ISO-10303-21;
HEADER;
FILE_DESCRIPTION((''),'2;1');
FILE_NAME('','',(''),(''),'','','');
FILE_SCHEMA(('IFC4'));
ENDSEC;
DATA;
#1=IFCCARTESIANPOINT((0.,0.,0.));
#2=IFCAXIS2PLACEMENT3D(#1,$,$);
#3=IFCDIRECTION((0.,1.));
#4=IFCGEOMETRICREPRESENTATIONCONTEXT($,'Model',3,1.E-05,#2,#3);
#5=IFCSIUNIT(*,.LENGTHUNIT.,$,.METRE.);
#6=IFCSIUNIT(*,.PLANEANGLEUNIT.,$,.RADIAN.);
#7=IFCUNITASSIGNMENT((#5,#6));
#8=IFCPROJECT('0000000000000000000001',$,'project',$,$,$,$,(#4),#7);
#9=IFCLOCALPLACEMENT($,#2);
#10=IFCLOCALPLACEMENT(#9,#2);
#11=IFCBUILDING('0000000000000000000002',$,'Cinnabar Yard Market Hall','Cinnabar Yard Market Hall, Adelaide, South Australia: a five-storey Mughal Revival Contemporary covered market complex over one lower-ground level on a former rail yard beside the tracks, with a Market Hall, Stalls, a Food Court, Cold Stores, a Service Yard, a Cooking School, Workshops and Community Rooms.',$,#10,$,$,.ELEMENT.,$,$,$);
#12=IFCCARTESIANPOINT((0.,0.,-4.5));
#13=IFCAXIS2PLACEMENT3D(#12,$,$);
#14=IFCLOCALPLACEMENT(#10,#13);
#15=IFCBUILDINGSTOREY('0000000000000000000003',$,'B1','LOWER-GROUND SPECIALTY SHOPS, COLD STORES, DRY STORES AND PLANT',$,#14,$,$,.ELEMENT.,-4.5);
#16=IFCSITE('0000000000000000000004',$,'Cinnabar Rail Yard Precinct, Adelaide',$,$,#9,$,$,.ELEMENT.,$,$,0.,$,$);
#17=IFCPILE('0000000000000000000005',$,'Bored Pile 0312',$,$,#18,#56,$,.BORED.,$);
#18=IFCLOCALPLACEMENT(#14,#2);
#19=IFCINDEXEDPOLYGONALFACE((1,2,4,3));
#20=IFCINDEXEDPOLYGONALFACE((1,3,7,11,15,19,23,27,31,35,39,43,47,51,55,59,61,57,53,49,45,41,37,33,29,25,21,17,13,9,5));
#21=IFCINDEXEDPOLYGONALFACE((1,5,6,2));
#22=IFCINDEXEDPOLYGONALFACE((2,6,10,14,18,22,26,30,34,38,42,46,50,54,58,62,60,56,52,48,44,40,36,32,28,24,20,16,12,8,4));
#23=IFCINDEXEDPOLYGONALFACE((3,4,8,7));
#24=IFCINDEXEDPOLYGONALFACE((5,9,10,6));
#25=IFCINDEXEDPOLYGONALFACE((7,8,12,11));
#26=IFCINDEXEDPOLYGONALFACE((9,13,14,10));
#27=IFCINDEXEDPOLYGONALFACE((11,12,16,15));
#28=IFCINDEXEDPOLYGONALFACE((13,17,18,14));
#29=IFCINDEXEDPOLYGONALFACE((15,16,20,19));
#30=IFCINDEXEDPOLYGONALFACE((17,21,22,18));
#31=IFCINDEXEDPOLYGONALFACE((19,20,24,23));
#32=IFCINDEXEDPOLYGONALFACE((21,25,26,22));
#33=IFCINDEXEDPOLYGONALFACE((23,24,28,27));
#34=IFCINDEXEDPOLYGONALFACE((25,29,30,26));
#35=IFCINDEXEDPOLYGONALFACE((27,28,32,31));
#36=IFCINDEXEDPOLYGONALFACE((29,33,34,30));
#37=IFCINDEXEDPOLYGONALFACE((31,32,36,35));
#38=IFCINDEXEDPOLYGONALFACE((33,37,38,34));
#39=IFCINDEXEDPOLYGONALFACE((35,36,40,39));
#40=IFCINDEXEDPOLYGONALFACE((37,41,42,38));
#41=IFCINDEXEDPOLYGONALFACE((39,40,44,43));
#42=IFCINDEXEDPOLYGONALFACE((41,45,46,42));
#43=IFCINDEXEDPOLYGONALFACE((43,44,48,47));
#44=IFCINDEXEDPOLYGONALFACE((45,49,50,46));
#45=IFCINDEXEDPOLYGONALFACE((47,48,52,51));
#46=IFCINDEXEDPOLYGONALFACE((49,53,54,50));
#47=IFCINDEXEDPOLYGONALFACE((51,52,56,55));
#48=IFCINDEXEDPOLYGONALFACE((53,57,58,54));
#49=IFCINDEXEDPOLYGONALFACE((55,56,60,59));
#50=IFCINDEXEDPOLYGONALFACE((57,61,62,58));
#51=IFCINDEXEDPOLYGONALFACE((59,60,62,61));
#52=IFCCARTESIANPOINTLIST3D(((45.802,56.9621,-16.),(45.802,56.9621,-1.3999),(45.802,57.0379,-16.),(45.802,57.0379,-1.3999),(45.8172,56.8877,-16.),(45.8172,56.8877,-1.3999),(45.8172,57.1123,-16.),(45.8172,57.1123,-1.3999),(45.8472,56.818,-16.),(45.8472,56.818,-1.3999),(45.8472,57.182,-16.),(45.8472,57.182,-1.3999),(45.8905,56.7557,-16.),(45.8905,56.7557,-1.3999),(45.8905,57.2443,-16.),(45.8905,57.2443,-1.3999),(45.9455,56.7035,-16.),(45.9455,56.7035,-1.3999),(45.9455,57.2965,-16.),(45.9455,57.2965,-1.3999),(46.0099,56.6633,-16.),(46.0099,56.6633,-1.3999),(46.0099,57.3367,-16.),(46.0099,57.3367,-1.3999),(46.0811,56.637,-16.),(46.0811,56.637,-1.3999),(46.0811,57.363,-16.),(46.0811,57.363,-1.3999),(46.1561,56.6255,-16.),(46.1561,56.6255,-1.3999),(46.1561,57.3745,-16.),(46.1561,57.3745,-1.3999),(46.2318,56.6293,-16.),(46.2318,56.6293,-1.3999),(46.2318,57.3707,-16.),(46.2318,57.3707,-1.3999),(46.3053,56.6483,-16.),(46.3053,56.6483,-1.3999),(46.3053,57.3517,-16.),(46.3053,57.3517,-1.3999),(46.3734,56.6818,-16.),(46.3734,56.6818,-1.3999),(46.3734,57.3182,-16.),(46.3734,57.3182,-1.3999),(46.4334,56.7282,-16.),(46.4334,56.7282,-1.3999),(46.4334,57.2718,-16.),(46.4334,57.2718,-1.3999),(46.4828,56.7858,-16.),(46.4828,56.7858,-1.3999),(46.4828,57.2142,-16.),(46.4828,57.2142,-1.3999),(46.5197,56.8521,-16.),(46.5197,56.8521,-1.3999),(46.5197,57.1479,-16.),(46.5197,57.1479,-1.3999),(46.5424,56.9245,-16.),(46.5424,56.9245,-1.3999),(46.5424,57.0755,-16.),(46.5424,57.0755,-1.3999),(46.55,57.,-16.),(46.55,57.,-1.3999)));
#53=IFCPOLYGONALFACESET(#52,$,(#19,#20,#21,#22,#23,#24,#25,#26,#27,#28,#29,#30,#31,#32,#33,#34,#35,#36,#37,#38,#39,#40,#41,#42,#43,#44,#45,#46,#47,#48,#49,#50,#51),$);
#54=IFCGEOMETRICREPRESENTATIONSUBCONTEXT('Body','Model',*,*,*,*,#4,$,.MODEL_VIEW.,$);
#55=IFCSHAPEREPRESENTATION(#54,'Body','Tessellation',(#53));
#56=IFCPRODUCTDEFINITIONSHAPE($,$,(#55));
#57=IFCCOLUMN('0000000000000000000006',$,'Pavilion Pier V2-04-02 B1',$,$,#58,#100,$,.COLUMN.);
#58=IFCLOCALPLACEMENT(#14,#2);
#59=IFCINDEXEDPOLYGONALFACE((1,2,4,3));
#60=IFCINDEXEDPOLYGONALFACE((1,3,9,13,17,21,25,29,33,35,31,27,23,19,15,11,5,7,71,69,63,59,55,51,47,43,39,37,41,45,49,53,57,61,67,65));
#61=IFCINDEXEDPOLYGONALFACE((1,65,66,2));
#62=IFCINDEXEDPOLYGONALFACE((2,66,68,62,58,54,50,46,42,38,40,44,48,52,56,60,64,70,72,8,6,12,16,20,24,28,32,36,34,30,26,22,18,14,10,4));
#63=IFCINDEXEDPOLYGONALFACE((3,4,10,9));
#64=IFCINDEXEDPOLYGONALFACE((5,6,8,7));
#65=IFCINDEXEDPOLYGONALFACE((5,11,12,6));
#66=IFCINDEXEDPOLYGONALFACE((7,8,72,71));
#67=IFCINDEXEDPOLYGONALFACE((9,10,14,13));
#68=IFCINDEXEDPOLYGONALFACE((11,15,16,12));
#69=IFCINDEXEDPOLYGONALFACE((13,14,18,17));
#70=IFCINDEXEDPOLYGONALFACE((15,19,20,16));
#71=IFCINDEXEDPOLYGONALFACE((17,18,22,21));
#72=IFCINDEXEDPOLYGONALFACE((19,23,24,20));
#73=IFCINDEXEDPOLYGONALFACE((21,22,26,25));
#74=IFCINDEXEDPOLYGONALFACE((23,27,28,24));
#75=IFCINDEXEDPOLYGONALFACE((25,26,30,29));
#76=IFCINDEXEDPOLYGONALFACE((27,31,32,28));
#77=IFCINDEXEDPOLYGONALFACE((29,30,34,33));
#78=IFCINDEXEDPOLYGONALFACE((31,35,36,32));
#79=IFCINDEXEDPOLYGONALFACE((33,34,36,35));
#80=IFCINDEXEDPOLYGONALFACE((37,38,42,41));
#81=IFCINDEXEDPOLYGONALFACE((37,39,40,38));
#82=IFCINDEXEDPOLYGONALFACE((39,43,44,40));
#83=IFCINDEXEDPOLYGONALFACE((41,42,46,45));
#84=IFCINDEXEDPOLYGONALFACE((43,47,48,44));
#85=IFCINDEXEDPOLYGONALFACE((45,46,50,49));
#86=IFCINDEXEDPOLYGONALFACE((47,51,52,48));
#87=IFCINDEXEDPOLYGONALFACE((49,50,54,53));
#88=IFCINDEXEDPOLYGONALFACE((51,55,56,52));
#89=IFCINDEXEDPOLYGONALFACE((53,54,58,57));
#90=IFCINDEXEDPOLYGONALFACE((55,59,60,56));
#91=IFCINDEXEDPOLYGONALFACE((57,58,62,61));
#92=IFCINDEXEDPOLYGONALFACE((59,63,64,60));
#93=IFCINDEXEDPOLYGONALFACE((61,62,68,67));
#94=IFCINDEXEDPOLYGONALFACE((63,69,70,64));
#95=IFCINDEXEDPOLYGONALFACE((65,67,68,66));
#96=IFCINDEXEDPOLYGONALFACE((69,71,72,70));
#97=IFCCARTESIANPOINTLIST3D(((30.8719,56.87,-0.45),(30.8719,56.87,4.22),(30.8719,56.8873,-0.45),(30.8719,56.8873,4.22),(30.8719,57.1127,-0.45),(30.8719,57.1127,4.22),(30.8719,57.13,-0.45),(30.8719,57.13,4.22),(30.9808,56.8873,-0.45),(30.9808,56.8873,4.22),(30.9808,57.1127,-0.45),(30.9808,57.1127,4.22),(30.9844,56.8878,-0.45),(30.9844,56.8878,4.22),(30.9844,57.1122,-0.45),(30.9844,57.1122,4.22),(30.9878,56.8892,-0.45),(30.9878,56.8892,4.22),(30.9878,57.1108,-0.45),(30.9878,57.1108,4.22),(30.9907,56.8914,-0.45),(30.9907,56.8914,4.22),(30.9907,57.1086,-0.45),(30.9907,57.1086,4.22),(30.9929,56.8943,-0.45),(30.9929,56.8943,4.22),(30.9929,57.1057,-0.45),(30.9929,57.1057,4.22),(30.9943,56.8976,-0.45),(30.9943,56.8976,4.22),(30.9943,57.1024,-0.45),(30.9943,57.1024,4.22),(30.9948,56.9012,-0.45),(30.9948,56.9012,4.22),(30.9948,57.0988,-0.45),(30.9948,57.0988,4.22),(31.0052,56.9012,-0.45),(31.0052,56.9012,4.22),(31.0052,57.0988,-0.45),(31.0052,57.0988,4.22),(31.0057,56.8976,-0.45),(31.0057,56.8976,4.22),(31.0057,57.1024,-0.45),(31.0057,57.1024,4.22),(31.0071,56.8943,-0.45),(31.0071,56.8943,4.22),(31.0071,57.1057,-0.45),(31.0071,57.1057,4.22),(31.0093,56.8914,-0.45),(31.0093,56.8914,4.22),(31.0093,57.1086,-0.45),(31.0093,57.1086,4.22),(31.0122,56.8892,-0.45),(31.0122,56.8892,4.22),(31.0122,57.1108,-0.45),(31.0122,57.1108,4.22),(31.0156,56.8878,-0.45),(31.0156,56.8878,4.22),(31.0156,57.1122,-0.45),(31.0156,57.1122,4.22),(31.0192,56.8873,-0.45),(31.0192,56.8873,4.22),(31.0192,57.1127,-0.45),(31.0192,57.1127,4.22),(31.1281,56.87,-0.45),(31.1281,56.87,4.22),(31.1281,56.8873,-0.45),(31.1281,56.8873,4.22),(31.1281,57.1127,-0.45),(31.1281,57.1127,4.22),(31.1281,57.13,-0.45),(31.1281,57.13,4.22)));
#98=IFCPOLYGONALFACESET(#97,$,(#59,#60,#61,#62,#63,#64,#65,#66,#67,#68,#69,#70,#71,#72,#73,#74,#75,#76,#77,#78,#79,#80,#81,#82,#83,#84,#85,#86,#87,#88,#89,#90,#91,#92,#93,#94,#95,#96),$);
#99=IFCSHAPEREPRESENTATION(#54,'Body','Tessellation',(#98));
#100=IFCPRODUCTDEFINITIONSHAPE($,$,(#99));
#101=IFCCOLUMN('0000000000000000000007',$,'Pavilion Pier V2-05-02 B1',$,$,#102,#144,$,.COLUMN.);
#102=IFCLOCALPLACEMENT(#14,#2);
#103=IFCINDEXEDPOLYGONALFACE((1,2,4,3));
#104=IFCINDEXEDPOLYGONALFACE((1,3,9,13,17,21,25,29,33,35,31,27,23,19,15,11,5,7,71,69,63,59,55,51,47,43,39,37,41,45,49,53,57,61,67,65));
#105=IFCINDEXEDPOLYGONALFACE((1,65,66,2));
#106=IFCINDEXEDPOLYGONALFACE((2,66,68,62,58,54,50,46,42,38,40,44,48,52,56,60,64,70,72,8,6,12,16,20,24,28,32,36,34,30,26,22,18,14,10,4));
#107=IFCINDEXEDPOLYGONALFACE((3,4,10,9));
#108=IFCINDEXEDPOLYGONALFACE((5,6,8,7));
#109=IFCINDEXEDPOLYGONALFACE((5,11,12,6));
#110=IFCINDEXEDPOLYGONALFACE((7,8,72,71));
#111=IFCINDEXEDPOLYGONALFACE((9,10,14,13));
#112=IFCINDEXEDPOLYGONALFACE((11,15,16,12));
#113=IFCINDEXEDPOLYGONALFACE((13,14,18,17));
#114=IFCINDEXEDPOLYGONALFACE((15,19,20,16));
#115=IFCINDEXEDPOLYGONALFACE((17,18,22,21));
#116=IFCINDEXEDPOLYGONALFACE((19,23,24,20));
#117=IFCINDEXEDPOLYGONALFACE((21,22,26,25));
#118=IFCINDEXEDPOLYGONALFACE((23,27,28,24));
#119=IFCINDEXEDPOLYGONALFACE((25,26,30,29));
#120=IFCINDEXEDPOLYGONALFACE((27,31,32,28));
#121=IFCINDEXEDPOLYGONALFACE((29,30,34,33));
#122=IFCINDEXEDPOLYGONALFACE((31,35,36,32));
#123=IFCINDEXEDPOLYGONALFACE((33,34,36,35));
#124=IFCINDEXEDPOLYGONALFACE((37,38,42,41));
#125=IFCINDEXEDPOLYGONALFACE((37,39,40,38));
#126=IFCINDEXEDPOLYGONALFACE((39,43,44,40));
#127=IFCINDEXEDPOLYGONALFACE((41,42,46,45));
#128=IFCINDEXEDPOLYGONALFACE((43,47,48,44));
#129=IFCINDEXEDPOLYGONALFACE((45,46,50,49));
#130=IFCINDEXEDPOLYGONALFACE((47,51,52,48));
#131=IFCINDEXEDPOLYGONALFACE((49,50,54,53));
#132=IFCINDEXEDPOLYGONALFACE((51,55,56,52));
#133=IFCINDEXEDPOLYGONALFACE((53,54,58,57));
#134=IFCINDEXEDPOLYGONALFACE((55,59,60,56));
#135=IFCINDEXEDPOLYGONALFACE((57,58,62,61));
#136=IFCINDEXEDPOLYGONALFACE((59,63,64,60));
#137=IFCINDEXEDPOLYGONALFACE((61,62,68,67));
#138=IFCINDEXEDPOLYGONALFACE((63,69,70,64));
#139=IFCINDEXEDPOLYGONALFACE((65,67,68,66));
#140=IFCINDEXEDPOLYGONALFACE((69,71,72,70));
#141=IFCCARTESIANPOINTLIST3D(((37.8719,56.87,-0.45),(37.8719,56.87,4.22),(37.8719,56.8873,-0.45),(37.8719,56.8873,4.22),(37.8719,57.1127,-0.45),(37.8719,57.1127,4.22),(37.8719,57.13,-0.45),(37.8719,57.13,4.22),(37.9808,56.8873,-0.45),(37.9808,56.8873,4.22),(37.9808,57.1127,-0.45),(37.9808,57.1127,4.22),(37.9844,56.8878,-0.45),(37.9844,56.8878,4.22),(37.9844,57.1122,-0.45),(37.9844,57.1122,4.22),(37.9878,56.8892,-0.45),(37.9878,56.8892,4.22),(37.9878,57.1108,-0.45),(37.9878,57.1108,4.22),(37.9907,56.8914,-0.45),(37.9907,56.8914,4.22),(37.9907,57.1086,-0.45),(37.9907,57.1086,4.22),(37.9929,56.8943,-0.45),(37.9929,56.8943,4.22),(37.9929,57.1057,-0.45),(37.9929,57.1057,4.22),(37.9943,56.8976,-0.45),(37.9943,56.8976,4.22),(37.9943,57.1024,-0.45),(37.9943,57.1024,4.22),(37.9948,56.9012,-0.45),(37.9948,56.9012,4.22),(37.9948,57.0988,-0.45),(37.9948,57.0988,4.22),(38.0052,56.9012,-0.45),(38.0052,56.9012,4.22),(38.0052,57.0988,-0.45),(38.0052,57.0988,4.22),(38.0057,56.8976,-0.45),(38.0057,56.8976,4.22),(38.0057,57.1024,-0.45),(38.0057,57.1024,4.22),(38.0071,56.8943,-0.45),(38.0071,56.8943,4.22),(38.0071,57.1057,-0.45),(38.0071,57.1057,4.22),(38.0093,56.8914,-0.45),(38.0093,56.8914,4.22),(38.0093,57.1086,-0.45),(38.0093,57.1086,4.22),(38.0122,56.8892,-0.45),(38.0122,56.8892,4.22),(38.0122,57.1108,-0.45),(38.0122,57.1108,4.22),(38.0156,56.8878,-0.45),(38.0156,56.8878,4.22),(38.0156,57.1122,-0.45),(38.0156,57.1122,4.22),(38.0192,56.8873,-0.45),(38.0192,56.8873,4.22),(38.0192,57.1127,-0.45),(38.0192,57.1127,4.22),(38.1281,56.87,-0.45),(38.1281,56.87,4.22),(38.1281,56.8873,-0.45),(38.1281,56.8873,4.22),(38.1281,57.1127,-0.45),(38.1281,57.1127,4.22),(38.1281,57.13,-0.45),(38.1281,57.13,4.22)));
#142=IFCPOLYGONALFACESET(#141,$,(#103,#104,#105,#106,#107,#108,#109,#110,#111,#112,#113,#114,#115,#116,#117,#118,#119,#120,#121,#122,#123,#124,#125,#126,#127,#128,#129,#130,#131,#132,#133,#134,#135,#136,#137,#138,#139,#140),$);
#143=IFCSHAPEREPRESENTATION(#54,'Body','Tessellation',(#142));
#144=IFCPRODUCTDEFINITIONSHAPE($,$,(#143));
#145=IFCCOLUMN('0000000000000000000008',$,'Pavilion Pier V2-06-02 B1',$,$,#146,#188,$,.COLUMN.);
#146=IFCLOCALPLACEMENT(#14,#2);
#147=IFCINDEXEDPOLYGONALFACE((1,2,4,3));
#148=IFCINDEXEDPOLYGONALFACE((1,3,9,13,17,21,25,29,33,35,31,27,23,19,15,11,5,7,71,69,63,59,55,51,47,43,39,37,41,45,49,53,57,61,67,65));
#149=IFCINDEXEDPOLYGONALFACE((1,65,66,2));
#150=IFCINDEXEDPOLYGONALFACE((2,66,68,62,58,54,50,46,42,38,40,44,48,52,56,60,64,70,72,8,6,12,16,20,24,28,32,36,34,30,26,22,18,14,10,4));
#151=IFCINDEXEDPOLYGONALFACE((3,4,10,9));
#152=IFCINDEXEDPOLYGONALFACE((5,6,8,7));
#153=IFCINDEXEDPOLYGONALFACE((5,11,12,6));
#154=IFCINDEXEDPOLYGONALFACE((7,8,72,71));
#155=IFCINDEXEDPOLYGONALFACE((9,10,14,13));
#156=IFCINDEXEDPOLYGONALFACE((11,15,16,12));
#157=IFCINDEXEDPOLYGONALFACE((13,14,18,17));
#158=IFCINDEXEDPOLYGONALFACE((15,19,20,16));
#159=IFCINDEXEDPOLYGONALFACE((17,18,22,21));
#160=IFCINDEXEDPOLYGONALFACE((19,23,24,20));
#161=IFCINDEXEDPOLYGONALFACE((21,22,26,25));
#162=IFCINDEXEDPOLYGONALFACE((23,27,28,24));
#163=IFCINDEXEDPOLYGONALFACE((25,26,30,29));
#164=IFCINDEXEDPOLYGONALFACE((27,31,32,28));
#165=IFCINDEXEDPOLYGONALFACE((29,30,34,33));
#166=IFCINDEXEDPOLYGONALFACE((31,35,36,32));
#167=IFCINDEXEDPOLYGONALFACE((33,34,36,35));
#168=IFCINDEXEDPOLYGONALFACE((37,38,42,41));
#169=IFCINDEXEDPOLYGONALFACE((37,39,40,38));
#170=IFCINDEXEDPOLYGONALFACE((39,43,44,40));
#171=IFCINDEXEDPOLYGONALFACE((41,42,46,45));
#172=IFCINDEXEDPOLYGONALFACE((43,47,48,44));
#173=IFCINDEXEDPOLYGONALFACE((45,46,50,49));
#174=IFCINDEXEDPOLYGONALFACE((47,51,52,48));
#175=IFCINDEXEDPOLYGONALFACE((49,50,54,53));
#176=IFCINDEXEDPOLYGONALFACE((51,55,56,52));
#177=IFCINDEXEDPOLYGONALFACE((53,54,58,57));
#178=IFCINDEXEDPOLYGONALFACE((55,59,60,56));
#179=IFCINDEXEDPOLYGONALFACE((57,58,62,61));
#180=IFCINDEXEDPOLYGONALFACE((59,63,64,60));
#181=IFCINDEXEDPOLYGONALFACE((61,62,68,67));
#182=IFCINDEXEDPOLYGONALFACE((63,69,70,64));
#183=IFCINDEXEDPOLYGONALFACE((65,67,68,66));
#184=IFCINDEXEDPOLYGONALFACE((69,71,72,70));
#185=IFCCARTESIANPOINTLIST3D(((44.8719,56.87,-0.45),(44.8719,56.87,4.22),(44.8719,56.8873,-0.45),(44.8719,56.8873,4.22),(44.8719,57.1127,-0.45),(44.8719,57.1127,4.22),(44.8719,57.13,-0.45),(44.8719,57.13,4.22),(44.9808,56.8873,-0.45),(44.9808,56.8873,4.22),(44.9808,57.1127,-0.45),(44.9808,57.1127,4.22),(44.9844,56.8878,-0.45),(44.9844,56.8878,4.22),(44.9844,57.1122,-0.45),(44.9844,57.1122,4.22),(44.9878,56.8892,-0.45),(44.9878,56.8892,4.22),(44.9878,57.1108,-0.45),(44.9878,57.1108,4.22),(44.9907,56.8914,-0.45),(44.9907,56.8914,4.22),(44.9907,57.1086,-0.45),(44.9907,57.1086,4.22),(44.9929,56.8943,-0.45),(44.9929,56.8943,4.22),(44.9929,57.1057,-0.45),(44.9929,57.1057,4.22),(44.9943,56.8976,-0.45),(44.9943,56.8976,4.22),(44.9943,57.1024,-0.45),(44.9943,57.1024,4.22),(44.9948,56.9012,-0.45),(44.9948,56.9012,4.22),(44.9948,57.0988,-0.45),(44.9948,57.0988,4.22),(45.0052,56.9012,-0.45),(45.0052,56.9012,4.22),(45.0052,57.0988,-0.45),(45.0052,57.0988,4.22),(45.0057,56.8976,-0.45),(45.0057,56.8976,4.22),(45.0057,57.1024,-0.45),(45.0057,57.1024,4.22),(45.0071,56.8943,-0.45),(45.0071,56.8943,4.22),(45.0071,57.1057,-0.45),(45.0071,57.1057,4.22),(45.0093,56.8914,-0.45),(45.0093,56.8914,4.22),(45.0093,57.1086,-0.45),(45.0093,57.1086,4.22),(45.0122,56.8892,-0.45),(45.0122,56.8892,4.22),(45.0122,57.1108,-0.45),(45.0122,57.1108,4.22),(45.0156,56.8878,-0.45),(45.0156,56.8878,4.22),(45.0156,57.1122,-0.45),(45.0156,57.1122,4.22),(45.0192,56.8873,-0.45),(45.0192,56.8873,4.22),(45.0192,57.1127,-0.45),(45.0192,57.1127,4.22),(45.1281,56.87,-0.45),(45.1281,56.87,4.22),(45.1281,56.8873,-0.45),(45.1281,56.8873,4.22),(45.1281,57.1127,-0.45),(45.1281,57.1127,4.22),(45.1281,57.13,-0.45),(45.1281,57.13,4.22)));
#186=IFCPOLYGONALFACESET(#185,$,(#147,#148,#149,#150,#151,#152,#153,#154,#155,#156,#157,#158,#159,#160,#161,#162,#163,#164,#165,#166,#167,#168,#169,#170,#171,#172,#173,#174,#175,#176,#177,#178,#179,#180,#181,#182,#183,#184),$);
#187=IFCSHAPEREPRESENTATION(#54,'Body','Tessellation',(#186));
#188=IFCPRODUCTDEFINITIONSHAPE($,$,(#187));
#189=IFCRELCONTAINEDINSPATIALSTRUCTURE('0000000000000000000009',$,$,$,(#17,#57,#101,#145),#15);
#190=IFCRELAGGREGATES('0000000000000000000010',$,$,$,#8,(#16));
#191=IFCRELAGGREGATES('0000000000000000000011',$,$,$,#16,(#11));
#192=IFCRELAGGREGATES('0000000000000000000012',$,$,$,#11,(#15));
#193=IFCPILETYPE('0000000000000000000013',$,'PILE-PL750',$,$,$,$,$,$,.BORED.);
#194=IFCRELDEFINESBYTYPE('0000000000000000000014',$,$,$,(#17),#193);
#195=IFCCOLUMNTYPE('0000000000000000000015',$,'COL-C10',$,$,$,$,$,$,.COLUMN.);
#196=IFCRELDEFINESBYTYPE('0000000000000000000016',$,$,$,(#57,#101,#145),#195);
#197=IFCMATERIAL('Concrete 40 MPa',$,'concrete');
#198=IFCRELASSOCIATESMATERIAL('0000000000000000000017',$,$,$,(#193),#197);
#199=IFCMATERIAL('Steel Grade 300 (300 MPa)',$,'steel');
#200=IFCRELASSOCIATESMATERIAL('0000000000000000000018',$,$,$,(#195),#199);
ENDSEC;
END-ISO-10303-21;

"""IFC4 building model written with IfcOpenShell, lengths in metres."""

from ifc_helpers import new_model, si_unit, direction, frame, origin, origin_2d_with_axis, place, context, subcontext, project, spatial, circle, i_section, extrude, material, material_profile, profile_set, type_object, element, save


model = new_model("IFC4")

# Units and contexts
model_context = context("Model", 3, precision=1e-05, world=origin(), true_north=direction((0.0, 1.0)))
body_context = subcontext(model_context, "Body", "Model", "MODEL_VIEW")
ifc_project = project(units=[si_unit("LENGTHUNIT", "METRE"), si_unit("PLANEANGLEUNIT", "RADIAN")], contexts=[model_context])

# Site, building, storey
site_placement = place(None, origin())
site = spatial("IfcSite", under=ifc_project, at=site_placement, Name="Cinnabar Rail Yard Precinct, Adelaide", CompositionType="ELEMENT", RefElevation=0.0)
building_placement = place(site_placement, origin())
building = spatial("IfcBuilding", under=site, at=building_placement, Name="Cinnabar Yard Market Hall", Description="Cinnabar Yard Market Hall, Adelaide, South Australia: a five-storey Mughal Revival Contemporary covered market complex over one lower-ground level on a former rail yard beside the tracks, with a Market Hall, Stalls, a Food Court, Cold Stores, a Service Yard, a Cooking School, Workshops and Community Rooms.", CompositionType="ELEMENT")
storey_placement = place(building_placement, frame((0.0, 0.0, -4.5)))
storey = spatial("IfcBuildingStorey", under=building, at=storey_placement, Name="B1", Description="LOWER-GROUND SPECIALTY SHOPS, COLD STORES, DRY STORES AND PLANT", CompositionType="ELEMENT", Elevation=-4.5)

# Shared definitions
ifc_material_1 = material(Name="Concrete 40 MPa", Category="concrete")

# Pile
ifc_material_profile_1 = material_profile(ifc_material_1, circle(Radius=0.375, at=origin_2d_with_axis()), Name="PILE-D750")
ifc_profile_set_1 = profile_set([ifc_material_profile_1], Name="Concrete 40 MPa")
pile_type_1 = type_object("IfcPileType", Name="PILE-PL750", PredefinedType="BORED", material=ifc_profile_set_1)
for number, where, z_axis, x_axis, name in (
    (1, (46.175, 57.0, -1.3999), (0.0, 0.0, -1.0), (1.0, 0.0, 0.0), "Bored Pile 0312"),
):
    element("IfcPile", number, at=place(storey_placement, frame(where, z_axis=z_axis, x_axis=x_axis)), inside=storey, type_object=pile_type_1, Name=name, PredefinedType="BORED", context=body_context, shape_type="SweptSolid", body=[
        extrude(circle(Radius=0.375, at=origin_2d_with_axis()), origin(), (0.0, 0.0, 1.0), 14.6001),
    ])

# Columns
ifc_material_2 = material(Name="Steel Grade 300 (300 MPa)", Category="steel")
ifc_material_profile_2 = material_profile(ifc_material_2, i_section(OverallWidth=0.2561, OverallDepth=0.26, WebThickness=0.0105, FlangeThickness=0.0173, FilletRadius=0.0139, at=origin_2d_with_axis()), Name="250UC89.5")
ifc_profile_set_2 = profile_set([ifc_material_profile_2], Name="Steel Grade 300 (300 MPa)")
column_type = type_object("IfcColumnType", Name="COL-C10", PredefinedType="COLUMN", material=ifc_profile_set_2)
for number, where, z_axis, x_axis, name in (
    (2, (31.0, 57.0, -0.45), (0.0, 0.0, 1.0), (1.0, 0.0, 0.0), "Pavilion Pier V2-04-02 B1"),
    (3, (38.0, 57.0, -0.45), (0.0, 0.0, 1.0), (1.0, 0.0, 0.0), "Pavilion Pier V2-05-02 B1"),
    (4, (45.0, 57.0, -0.45), (0.0, 0.0, 1.0), (1.0, 0.0, 0.0), "Pavilion Pier V2-06-02 B1"),
):
    element("IfcColumn", number, at=place(storey_placement, frame(where, z_axis=z_axis, x_axis=x_axis)), inside=storey, type_object=column_type, Name=name, PredefinedType="COLUMN", context=body_context, shape_type="SweptSolid", body=[
        extrude(i_section(OverallWidth=0.2561, OverallDepth=0.26, WebThickness=0.0105, FlangeThickness=0.0173, FilletRadius=0.0139, at=origin_2d_with_axis()), origin(), (0.0, 0.0, 1.0), 4.6699),
    ])

save(model, "model.ifc")
